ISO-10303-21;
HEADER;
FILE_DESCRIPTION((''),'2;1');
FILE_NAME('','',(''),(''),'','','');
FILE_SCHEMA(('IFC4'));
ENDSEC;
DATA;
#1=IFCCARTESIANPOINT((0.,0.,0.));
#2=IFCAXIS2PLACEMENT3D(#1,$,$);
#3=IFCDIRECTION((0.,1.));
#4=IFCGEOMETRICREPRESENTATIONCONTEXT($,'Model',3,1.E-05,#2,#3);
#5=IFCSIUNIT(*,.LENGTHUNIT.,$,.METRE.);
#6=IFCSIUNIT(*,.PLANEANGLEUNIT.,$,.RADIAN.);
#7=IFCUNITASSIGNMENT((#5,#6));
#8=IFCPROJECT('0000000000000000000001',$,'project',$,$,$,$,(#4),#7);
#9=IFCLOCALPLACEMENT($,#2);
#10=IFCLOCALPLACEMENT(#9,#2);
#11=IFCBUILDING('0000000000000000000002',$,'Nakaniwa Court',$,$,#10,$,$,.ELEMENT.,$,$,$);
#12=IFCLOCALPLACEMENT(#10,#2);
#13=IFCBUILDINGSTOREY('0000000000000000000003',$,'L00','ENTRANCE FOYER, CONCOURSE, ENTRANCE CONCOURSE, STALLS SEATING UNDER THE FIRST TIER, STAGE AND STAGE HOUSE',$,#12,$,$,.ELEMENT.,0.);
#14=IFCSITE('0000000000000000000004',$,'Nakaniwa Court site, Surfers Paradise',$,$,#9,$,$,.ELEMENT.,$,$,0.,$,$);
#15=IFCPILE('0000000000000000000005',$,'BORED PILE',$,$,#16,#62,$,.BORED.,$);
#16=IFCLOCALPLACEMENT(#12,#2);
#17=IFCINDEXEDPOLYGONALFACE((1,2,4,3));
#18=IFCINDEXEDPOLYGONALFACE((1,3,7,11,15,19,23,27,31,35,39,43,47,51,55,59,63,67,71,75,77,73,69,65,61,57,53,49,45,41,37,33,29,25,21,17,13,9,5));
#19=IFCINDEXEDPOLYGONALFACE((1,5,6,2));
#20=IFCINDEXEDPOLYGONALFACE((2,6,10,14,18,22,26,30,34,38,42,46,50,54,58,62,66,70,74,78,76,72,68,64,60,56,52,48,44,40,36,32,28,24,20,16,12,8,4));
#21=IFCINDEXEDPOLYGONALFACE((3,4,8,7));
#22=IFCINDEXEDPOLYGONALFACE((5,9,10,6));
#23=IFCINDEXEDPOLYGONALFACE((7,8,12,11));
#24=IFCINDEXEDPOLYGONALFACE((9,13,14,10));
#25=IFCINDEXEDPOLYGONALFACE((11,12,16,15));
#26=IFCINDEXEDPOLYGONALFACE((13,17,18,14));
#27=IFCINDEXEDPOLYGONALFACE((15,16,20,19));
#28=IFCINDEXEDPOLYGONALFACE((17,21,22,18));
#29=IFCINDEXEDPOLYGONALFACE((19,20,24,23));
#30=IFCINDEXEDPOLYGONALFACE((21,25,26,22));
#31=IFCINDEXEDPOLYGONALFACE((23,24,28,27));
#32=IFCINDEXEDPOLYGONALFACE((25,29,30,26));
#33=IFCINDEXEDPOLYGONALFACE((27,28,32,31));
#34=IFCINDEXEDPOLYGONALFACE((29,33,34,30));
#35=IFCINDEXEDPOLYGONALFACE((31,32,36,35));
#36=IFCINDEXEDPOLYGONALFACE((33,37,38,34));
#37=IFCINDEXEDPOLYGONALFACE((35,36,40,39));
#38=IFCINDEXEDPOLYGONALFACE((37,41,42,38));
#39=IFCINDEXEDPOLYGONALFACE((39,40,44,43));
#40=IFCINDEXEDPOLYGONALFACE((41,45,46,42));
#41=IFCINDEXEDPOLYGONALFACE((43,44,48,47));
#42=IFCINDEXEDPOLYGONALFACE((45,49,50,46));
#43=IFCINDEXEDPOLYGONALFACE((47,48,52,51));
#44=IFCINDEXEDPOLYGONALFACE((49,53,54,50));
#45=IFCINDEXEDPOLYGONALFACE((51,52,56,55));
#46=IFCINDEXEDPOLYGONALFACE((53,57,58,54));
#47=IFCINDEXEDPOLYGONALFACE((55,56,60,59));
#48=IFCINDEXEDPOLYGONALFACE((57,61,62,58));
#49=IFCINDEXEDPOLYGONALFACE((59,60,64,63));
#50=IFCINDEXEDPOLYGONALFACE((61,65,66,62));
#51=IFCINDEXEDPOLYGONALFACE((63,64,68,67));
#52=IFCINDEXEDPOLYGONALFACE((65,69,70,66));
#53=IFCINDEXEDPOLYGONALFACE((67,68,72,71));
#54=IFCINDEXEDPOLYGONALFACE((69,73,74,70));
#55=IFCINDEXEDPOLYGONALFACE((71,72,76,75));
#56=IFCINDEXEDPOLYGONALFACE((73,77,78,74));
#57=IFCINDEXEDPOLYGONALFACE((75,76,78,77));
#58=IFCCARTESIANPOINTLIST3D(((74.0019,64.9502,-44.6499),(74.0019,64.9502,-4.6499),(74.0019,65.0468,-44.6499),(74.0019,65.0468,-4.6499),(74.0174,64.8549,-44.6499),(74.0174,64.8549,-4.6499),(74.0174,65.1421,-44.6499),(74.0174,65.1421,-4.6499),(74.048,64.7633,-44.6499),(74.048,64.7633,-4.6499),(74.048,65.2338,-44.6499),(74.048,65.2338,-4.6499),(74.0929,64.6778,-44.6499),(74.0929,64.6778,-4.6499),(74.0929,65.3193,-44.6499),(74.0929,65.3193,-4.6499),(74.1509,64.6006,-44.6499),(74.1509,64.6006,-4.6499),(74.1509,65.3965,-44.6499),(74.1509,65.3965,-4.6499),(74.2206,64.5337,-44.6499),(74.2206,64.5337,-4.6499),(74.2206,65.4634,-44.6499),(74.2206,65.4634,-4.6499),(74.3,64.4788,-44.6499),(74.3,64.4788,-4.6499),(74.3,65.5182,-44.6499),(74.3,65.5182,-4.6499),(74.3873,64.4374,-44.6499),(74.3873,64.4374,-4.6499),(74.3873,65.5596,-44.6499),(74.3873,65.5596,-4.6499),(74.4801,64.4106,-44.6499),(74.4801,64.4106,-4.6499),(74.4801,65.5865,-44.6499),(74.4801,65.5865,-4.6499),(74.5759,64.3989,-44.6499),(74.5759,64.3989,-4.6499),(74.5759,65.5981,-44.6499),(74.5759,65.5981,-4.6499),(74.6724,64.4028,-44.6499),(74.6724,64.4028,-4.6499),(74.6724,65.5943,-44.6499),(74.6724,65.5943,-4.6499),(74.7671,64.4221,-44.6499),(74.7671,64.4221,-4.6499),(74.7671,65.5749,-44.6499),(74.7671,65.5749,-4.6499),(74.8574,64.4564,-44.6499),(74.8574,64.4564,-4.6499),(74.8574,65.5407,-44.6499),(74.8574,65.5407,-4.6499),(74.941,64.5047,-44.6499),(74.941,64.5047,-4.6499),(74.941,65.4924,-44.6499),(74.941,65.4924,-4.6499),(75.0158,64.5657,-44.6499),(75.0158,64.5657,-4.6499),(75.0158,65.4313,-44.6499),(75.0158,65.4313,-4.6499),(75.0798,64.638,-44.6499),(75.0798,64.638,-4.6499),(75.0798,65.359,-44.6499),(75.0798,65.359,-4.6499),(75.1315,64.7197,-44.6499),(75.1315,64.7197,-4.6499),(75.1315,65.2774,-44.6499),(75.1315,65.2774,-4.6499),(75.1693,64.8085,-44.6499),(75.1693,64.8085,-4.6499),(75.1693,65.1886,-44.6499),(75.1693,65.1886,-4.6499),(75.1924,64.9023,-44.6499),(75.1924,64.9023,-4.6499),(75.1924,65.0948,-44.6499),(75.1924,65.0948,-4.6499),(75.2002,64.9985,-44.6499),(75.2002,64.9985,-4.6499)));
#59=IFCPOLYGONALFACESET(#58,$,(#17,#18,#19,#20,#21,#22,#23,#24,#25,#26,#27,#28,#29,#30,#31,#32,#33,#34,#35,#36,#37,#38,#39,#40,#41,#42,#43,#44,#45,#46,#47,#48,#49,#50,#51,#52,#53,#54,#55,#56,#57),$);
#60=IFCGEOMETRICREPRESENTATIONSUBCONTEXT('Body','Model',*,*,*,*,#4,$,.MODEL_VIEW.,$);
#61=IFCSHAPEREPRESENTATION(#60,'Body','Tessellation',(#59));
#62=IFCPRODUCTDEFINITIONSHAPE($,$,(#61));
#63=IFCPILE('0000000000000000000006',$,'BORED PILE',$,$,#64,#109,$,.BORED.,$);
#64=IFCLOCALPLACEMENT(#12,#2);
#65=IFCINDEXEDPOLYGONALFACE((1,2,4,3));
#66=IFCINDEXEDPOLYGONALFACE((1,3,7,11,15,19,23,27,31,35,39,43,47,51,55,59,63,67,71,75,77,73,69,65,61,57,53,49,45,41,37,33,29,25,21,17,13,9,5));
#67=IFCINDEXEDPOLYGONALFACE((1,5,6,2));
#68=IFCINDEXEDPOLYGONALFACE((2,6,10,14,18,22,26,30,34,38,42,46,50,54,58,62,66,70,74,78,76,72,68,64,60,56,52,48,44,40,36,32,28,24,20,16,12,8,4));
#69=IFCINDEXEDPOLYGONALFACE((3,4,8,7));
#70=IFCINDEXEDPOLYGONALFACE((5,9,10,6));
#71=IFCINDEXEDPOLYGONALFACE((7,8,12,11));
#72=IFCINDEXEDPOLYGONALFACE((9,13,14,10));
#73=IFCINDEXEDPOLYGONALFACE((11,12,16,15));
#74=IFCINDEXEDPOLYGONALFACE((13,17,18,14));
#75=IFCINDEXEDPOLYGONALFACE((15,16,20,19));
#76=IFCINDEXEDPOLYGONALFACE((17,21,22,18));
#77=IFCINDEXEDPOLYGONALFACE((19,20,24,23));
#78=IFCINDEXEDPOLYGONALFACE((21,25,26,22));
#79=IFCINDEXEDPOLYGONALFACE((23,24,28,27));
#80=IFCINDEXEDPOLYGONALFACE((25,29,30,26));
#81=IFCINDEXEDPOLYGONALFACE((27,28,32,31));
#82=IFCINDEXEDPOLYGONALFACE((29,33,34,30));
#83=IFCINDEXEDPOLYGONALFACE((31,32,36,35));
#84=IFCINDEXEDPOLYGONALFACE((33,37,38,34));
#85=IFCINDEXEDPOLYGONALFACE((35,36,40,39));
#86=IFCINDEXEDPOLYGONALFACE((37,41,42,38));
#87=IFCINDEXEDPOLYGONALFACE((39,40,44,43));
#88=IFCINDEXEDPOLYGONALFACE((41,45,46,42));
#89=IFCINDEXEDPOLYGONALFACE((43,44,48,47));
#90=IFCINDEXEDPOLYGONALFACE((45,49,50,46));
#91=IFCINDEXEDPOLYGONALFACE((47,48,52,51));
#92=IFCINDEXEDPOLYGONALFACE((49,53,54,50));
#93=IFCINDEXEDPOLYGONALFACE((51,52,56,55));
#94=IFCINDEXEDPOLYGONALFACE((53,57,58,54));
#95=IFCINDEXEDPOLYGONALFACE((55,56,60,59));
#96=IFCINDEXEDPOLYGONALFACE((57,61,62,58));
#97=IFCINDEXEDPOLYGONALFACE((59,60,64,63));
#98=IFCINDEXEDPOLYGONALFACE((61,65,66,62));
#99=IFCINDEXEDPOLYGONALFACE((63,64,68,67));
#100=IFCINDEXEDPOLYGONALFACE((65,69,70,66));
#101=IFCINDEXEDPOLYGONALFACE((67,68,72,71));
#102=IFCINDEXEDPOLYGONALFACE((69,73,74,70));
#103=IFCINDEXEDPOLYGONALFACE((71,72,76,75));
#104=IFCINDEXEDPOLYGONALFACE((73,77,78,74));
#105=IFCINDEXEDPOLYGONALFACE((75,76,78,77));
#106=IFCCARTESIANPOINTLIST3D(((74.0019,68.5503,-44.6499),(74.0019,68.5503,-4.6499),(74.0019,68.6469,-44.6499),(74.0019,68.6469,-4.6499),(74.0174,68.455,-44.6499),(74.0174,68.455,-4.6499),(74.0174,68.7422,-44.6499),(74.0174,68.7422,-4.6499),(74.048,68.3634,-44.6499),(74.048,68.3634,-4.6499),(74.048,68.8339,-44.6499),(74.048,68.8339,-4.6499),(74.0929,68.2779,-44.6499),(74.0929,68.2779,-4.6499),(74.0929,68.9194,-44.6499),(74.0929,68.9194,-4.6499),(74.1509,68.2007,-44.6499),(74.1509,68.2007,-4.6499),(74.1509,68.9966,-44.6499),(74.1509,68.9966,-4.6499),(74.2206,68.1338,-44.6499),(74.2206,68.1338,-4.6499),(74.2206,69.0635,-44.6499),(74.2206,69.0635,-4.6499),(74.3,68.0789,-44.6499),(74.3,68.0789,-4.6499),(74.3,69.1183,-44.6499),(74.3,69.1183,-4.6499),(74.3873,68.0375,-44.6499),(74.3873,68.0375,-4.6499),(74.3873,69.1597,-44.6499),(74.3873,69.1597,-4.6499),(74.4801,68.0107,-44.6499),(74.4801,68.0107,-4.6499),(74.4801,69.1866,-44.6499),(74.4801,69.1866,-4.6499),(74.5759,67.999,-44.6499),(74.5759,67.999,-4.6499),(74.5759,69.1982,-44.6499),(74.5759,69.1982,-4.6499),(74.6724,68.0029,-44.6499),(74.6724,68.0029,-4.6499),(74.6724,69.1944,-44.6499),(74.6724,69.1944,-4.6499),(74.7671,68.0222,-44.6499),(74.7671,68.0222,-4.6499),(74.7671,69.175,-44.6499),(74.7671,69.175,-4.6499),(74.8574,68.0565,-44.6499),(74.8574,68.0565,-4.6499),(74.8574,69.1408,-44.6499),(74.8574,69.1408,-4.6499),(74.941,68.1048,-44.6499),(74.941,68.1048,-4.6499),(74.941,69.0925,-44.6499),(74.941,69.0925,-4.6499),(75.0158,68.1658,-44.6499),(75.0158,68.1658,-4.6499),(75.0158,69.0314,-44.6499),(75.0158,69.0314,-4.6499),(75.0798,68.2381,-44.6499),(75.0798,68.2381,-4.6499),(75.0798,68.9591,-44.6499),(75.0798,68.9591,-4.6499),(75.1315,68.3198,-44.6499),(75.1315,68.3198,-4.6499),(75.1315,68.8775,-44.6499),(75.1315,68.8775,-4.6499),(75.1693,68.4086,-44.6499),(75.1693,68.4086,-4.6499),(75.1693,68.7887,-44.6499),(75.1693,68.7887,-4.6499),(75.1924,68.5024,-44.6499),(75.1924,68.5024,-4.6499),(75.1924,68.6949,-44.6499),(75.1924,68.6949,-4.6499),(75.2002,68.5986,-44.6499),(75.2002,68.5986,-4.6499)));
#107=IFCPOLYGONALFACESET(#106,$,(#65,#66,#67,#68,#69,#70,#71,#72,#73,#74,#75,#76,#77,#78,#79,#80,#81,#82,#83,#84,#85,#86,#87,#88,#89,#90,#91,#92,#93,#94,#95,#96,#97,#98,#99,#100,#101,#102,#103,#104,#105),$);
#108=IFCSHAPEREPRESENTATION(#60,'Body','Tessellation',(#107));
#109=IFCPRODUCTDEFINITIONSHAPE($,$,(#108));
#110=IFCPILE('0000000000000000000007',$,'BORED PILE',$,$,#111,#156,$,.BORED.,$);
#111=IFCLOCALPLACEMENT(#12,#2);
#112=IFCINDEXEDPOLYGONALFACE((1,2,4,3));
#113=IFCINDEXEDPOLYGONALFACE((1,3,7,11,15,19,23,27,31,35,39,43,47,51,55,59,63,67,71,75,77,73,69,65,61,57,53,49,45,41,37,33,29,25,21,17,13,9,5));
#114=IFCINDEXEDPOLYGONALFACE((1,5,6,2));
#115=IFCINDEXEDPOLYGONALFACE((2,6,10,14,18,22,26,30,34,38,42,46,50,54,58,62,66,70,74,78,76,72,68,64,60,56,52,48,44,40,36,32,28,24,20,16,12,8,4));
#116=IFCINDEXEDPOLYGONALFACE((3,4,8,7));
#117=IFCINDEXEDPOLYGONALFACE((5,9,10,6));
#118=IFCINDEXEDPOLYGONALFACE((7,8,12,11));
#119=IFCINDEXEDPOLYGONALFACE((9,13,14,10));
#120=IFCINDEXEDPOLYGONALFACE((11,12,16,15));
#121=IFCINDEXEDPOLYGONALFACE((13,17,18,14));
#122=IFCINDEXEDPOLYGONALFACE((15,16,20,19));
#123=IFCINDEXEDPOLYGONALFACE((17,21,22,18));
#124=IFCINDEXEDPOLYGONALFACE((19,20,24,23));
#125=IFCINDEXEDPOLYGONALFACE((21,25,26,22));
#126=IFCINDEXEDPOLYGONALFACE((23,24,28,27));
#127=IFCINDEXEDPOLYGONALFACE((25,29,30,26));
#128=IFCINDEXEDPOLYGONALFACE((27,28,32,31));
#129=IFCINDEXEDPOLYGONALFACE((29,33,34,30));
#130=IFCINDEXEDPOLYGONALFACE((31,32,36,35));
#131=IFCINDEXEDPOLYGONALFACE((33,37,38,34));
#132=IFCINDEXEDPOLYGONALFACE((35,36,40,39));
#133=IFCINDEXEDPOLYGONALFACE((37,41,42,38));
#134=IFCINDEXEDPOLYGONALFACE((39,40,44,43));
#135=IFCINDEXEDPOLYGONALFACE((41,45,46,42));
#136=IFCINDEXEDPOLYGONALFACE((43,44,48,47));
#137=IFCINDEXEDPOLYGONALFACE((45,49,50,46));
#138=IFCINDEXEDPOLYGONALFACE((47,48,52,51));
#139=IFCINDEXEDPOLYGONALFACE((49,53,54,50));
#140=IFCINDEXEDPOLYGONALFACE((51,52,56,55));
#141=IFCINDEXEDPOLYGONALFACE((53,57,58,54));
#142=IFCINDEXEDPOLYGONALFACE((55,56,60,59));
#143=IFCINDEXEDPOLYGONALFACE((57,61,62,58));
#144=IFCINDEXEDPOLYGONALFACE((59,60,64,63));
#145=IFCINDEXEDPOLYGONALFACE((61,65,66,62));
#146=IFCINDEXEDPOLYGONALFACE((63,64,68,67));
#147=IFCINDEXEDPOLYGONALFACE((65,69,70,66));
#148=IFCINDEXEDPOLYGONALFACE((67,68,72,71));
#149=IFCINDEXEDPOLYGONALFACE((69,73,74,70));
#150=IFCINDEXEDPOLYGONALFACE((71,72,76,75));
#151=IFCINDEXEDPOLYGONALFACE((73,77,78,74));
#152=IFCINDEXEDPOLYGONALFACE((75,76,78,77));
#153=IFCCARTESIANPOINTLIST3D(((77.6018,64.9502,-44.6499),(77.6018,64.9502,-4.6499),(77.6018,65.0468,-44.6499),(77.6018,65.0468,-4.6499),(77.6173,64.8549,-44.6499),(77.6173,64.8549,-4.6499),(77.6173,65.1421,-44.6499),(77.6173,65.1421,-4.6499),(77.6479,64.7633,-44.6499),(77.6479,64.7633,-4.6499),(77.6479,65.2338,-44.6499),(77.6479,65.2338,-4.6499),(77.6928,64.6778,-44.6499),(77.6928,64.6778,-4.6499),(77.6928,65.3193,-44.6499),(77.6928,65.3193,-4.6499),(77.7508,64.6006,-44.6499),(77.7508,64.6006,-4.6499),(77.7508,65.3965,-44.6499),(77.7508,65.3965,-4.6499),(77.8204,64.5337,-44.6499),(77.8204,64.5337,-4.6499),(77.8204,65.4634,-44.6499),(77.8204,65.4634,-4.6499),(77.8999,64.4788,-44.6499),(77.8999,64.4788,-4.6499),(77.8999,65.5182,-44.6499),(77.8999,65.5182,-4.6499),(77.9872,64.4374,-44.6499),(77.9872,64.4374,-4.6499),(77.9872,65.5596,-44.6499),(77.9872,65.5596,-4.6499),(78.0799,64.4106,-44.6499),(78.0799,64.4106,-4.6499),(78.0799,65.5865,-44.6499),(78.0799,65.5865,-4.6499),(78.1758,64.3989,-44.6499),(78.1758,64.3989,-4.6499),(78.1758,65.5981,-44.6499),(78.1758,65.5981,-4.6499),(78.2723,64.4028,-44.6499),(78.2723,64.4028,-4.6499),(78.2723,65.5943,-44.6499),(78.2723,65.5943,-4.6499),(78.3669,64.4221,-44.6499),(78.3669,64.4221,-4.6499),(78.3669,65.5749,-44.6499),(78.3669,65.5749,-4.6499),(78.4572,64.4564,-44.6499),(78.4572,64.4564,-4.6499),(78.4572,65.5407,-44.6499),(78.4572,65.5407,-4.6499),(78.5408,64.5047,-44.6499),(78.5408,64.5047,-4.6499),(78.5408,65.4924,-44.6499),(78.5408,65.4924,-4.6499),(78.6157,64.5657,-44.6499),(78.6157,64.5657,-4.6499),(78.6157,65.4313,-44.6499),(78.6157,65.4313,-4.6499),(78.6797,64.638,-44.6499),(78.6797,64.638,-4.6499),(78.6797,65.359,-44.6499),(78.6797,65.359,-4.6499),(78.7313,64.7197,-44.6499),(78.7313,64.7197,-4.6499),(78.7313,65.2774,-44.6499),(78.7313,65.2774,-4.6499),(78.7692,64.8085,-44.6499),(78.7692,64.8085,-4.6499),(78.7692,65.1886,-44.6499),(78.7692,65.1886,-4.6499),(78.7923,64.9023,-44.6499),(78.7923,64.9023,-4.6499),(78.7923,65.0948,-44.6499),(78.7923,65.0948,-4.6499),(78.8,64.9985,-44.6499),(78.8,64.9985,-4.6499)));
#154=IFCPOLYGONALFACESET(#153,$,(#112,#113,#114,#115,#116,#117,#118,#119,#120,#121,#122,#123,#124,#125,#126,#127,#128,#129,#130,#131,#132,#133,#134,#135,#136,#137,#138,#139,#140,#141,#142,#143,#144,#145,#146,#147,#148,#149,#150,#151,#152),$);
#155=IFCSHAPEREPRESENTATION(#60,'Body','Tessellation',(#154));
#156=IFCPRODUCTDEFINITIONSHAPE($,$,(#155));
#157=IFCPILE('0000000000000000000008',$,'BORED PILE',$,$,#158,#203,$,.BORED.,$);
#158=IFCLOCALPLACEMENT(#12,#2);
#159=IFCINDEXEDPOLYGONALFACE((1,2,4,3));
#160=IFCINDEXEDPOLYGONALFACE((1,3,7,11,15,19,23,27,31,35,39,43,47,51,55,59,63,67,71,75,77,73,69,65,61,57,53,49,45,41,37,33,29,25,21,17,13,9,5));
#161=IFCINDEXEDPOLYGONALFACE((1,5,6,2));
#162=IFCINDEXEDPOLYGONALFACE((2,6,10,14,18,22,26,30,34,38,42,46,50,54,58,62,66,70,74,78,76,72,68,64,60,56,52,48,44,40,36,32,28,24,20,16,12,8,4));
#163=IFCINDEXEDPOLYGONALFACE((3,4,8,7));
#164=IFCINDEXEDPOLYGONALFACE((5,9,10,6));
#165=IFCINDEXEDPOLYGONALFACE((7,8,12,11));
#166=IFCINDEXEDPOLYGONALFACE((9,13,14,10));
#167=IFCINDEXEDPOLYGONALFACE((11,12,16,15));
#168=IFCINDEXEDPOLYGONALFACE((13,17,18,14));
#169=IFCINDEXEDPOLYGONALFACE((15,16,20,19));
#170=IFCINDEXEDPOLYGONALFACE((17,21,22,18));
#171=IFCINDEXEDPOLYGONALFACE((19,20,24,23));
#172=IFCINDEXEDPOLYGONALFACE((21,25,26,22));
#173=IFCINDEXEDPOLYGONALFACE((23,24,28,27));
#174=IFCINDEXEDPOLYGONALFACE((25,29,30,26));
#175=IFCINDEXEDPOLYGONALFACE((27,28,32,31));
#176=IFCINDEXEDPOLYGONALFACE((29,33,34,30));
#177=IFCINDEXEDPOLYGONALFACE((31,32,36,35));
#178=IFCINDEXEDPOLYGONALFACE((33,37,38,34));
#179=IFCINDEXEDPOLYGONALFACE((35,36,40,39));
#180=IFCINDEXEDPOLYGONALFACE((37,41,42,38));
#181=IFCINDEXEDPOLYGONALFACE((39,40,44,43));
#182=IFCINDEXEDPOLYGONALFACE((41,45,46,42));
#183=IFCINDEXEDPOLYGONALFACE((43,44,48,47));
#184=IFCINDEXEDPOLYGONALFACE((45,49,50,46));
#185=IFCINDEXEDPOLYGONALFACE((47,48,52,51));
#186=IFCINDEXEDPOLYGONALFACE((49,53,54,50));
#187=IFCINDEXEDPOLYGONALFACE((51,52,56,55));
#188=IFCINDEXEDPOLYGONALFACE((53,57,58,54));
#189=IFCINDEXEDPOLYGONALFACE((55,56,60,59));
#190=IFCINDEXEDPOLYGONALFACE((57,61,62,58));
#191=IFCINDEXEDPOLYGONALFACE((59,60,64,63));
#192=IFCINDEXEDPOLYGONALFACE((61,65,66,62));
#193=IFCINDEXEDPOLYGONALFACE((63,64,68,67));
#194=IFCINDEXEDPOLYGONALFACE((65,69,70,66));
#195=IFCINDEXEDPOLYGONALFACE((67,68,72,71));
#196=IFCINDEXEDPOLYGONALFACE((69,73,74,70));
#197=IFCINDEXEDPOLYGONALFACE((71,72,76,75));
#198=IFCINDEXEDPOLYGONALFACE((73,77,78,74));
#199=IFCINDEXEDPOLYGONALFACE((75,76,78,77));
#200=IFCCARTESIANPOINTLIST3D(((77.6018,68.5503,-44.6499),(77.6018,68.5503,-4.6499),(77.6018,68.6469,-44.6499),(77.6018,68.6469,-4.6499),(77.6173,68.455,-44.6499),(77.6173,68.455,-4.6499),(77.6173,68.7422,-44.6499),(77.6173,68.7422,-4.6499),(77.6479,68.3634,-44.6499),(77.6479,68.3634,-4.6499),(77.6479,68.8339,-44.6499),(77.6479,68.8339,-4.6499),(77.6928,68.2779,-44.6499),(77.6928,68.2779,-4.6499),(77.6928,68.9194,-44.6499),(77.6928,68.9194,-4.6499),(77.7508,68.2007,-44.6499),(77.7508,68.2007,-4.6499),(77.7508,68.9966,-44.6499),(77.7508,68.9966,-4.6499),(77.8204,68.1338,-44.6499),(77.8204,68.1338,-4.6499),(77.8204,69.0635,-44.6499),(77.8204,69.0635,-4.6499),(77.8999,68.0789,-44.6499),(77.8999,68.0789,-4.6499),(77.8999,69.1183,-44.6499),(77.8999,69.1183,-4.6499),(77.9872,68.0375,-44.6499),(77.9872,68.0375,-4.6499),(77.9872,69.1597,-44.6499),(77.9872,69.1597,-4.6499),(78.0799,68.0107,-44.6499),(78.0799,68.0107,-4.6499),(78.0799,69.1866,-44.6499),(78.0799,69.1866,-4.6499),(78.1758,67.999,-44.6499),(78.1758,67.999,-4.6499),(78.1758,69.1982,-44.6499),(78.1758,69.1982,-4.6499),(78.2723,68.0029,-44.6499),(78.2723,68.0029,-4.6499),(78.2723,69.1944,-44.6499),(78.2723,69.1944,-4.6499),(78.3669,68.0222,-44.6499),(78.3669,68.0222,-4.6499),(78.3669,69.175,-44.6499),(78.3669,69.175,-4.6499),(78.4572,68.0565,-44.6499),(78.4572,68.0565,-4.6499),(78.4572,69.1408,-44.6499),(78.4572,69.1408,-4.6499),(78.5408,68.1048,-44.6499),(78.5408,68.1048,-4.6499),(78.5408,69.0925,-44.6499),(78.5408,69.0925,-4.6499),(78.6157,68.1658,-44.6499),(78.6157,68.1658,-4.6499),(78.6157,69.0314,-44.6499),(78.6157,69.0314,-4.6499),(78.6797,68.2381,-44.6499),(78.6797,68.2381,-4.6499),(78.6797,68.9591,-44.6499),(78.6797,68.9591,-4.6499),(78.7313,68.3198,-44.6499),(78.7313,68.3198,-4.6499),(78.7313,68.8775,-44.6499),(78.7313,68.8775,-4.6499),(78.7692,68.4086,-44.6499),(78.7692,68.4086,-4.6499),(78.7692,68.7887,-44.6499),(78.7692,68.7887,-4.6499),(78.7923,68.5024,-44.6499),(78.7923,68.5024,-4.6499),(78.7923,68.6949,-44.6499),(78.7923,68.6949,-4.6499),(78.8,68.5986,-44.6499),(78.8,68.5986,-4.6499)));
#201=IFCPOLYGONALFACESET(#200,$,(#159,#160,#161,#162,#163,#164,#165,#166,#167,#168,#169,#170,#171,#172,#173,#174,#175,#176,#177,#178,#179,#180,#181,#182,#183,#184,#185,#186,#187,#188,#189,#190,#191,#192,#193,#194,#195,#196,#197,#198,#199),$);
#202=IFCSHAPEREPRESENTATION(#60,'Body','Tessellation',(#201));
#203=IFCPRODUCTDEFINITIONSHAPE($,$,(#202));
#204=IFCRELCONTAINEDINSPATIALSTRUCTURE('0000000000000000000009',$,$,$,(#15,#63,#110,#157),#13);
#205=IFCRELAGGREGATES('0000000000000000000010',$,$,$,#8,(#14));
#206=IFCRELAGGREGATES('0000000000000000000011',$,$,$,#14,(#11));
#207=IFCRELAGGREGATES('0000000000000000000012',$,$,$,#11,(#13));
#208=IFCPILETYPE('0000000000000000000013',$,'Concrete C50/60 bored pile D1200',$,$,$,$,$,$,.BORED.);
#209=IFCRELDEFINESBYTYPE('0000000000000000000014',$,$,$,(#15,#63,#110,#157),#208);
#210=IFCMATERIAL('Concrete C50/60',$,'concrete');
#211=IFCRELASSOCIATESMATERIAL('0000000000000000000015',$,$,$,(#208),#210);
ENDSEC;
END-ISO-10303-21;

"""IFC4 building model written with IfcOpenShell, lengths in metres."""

from ifc_helpers import new_model, si_unit, direction, frame, origin, origin_2d, place, context, subcontext, project, spatial, circle, extrude, material, material_profile, profile_set, type_object, element, save


model = new_model("IFC4")

# Units and contexts
model_context = context("Model", 3, precision=1e-05, world=origin(), true_north=direction((0.0, 1.0)))
body_context = subcontext(model_context, "Body", "Model", "MODEL_VIEW")
ifc_project = project(units=[si_unit("LENGTHUNIT", "METRE"), si_unit("PLANEANGLEUNIT", "RADIAN")], contexts=[model_context])

# Site, building, storey
site_placement = place(None, origin())
site = spatial("IfcSite", under=ifc_project, at=site_placement, Name="Nakaniwa Court site, Surfers Paradise", CompositionType="ELEMENT", RefElevation=0.0)
building_placement = place(site_placement, origin())
building = spatial("IfcBuilding", under=site, at=building_placement, Name="Nakaniwa Court", CompositionType="ELEMENT")
storey_placement = place(building_placement, origin())
storey = spatial("IfcBuildingStorey", under=building, at=storey_placement, Name="L00", Description="ENTRANCE FOYER, CONCOURSE, ENTRANCE CONCOURSE, STALLS SEATING UNDER THE FIRST TIER, STAGE AND STAGE HOUSE", CompositionType="ELEMENT", Elevation=0.0)

# Piles
ifc_material_1 = material(Name="Concrete C50/60", Category="concrete")
ifc_material_profile = material_profile(ifc_material_1, circle(Radius=0.6001, at=origin_2d()), Name="Concrete C50/60 bored pile D1200")
ifc_profile_set = profile_set([ifc_material_profile], Name="Concrete C50/60")
pile_type = type_object("IfcPileType", Name="Concrete C50/60 bored pile D1200", PredefinedType="BORED", material=ifc_profile_set)
for number, where, z_axis, x_axis, name in (
    (1, (74.6001, 64.9985, -4.6499), (0.0, 0.0, -1.0), (1.0, 0.0, 0.0), "BORED PILE"),
    (2, (74.6001, 68.5986, -4.6499), (0.0, 0.0, -1.0), (1.0, 0.0, 0.0), "BORED PILE"),
    (3, (78.2, 64.9985, -4.6499), (0.0, 0.0, -1.0), (1.0, 0.0, 0.0), "BORED PILE"),
    (4, (78.2, 68.5986, -4.6499), (0.0, 0.0, -1.0), (1.0, 0.0, 0.0), "BORED PILE"),
):
    element("IfcPile", number, at=place(storey_placement, frame(where, z_axis=z_axis, x_axis=x_axis)), inside=storey, type_object=pile_type, Name=name, PredefinedType="BORED", context=body_context, shape_type="SweptSolid", body=[
        extrude(circle(Radius=0.6001, at=origin_2d()), origin(), (0.0, 0.0, 1.0), 40.0),
    ])

save(model, "model.ifc")
